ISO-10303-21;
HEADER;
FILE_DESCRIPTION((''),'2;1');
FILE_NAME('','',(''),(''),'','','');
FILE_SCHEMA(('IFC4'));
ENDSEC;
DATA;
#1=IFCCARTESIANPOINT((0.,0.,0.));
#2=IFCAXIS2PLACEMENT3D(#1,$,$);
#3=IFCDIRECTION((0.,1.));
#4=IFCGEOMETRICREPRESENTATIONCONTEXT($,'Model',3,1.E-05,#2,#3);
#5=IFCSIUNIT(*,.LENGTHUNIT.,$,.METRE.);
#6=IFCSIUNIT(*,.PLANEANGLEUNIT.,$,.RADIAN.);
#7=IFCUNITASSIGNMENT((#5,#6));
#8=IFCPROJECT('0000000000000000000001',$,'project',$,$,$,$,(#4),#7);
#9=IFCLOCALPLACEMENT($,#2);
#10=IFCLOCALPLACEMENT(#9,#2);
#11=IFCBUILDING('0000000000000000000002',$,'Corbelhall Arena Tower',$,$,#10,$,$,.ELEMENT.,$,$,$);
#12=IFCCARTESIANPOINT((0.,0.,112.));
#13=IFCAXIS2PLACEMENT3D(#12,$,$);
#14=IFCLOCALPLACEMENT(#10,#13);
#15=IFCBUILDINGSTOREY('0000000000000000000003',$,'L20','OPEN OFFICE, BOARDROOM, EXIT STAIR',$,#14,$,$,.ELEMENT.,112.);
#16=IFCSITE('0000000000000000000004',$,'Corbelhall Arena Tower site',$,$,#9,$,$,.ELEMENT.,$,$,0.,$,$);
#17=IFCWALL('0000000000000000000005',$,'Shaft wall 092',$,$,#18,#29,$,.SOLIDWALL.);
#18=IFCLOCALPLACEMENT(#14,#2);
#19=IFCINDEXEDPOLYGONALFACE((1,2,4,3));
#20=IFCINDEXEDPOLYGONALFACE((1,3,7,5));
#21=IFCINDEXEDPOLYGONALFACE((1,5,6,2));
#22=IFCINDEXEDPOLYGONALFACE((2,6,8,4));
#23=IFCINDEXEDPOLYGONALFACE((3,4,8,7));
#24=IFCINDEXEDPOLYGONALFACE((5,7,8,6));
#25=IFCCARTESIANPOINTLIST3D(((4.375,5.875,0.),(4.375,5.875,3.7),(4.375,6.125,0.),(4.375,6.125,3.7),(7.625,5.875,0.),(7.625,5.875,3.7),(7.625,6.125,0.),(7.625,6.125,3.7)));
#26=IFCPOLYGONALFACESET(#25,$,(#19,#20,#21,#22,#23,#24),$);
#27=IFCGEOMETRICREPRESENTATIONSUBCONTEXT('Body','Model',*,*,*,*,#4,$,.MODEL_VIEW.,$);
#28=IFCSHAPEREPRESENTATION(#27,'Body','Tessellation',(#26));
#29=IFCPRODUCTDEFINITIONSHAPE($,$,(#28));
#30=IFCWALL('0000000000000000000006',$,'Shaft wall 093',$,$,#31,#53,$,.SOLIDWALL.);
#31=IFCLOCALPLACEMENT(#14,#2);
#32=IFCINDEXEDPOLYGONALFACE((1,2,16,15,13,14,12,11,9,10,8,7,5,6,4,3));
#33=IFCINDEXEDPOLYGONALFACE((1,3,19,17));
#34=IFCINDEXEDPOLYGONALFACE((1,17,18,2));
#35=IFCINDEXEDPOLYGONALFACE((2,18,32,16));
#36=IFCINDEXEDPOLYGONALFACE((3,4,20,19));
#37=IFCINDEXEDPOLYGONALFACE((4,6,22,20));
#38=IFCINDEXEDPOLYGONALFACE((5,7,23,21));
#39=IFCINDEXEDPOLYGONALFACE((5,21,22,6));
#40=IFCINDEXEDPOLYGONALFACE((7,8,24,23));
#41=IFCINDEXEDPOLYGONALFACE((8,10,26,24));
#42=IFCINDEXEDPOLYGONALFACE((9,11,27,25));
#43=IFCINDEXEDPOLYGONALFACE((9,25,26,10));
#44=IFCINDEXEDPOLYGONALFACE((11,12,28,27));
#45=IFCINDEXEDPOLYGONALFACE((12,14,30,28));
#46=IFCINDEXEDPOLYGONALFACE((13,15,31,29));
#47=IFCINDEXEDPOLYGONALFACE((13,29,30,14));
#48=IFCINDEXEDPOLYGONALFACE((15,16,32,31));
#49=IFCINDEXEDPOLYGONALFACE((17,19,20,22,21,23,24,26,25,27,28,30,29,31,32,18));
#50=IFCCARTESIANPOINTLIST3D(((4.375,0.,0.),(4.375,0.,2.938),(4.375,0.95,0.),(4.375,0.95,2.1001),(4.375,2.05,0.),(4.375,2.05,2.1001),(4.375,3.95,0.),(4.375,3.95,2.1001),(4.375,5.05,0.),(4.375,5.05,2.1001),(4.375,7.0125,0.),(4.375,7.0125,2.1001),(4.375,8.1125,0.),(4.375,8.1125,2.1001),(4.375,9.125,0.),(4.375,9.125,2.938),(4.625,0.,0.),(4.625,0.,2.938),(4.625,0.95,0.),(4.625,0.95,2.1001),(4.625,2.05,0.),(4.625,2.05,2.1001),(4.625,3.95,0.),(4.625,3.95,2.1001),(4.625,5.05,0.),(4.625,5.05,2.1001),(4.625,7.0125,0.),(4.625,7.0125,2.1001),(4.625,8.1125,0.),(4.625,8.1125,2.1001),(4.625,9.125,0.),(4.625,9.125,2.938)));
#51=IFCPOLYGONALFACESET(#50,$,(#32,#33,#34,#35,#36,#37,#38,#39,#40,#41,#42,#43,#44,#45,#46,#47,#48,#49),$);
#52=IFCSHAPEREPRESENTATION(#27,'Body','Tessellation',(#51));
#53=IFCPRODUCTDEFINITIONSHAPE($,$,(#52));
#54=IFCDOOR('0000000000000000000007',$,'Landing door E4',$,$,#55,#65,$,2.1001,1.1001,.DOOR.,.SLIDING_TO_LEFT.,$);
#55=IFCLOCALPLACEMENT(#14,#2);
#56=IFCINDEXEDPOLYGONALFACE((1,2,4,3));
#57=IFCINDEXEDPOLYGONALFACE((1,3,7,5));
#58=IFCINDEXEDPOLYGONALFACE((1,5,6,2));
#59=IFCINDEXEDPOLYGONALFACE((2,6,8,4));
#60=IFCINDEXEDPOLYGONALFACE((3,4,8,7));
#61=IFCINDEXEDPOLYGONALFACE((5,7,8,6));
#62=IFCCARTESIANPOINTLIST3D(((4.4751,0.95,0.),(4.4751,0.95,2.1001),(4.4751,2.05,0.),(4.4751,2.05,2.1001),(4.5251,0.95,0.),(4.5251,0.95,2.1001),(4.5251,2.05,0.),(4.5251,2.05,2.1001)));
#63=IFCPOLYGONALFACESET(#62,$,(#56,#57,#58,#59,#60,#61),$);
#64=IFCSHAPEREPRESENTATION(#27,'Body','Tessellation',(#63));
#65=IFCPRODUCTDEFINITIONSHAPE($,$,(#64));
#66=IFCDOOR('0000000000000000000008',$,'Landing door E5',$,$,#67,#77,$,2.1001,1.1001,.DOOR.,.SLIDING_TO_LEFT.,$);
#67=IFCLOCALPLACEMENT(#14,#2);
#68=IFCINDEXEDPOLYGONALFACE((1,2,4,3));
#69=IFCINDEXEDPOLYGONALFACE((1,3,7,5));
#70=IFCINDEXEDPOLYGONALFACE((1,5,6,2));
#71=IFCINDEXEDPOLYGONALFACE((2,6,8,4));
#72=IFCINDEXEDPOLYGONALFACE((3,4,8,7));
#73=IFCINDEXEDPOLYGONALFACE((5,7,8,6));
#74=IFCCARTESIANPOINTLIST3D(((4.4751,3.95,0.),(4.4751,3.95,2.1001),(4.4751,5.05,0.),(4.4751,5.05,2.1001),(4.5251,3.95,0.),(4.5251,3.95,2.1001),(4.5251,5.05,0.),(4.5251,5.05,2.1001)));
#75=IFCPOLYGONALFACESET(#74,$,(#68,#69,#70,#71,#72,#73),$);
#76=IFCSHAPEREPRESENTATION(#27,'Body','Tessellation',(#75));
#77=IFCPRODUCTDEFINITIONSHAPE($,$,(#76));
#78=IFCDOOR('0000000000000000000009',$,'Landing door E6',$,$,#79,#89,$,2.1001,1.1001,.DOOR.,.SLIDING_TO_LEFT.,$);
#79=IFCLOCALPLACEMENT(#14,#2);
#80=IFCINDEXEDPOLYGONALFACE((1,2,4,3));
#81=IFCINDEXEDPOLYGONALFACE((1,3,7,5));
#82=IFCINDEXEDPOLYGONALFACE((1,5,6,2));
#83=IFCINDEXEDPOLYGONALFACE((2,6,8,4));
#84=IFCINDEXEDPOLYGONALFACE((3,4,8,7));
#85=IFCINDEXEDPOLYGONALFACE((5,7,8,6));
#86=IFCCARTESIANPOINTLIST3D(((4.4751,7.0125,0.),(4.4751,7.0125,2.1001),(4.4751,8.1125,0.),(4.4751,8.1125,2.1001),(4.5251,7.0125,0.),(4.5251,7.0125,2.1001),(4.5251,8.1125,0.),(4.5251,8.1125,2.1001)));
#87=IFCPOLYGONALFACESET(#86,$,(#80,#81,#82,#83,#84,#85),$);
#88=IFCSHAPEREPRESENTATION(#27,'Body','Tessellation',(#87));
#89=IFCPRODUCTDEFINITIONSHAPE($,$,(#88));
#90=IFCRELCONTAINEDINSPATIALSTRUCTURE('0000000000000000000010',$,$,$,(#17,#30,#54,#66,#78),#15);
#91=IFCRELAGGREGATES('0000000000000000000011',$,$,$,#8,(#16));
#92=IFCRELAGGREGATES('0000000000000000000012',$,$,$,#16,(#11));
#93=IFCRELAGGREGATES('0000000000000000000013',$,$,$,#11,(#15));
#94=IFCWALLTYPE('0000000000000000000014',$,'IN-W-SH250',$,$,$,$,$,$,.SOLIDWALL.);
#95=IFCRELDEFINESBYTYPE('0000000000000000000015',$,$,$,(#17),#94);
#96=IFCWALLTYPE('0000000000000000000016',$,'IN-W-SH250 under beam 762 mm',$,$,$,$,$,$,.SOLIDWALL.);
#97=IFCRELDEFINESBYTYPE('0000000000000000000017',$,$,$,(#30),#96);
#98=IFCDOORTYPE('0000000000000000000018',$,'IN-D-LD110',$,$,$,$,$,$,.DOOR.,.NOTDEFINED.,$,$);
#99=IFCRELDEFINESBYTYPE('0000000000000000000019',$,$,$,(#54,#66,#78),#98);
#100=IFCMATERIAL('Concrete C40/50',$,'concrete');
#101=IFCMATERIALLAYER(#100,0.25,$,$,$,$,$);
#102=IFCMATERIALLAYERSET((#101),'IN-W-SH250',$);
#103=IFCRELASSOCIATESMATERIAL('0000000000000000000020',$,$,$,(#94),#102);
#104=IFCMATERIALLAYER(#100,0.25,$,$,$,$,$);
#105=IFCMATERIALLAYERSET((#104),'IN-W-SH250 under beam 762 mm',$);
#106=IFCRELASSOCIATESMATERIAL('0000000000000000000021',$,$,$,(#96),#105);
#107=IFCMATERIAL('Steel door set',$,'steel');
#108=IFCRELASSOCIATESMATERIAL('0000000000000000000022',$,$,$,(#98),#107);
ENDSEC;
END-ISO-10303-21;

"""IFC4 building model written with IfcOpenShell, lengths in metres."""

from ifc_helpers import new_model, si_unit, direction, frame, frame_2d, origin, place, context, subcontext, project, spatial, rectangle, extrude, material, layer, layer_set, type_object, element, fill, save


model = new_model("IFC4")

# Units and contexts
model_context = context("Model", 3, precision=1e-05, world=origin(), true_north=direction((0.0, 1.0)))
body_context = subcontext(model_context, "Body", "Model", "MODEL_VIEW")
ifc_project = project(units=[si_unit("LENGTHUNIT", "METRE"), si_unit("PLANEANGLEUNIT", "RADIAN")], contexts=[model_context])

# Site, building, storey
site_placement = place(None, origin())
site = spatial("IfcSite", under=ifc_project, at=site_placement, Name="Corbelhall Arena Tower site", CompositionType="ELEMENT", RefElevation=0.0)
building_placement = place(site_placement, origin())
building = spatial("IfcBuilding", under=site, at=building_placement, Name="Corbelhall Arena Tower", CompositionType="ELEMENT")
storey_placement = place(building_placement, frame((0.0, 0.0, 112.0)))
storey = spatial("IfcBuildingStorey", under=building, at=storey_placement, Name="L20", Description="OPEN OFFICE, BOARDROOM, EXIT STAIR", CompositionType="ELEMENT", Elevation=112.0)

# Shared definitions
ifc_material_1 = material(Name="Concrete C40/50", Category="concrete")

# Shared definitions
ifc_layer_1 = layer(ifc_material_1, 0.25)
ifc_layer_set_1 = layer_set([ifc_layer_1], Name="IN-W-SH250")
wall_type_1 = type_object("IfcWallType", Name="IN-W-SH250", PredefinedType="SOLIDWALL", material=ifc_layer_set_1)

# Shared definitions
ifc_material_2 = material(Name="Steel door set", Category="steel")

# Wall
wall_1_placement = place(storey_placement, frame((4.375, 6.0, 0.0), z_axis=(0.0, 0.0, 1.0), x_axis=(1.0, 0.0, 0.0)))
element("IfcWall", 1, at=wall_1_placement, inside=storey, type_object=wall_type_1, Name="Shaft wall 092", PredefinedType="SOLIDWALL", context=body_context, shape_type="SweptSolid", body=[
    extrude(rectangle(XDim=3.25, YDim=0.25, at=frame_2d((1.625, 0.0))), origin(), (0.0, 0.0, 1.0), 3.7),
])

# Wall, openings, doors
ifc_layer_2 = layer(ifc_material_1, 0.25)
ifc_layer_set_2 = layer_set([ifc_layer_2], Name="IN-W-SH250 under beam 762 mm")
wall_type_2 = type_object("IfcWallType", Name="IN-W-SH250 under beam 762 mm", PredefinedType="SOLIDWALL", material=ifc_layer_set_2)
wall_2_placement = place(storey_placement, frame((4.5, 0.0, 0.0), z_axis=(0.0, 0.0, 1.0), x_axis=(0.0, 1.0, 0.0)))
wall_2 = element("IfcWall", 2, at=wall_2_placement, inside=storey, type_object=wall_type_2, Name="Shaft wall 093", PredefinedType="SOLIDWALL", context=body_context, shape_type="SweptSolid", body=[
    extrude(rectangle(XDim=9.125, YDim=0.25, at=frame_2d((4.5625, 0.0))), origin(), (0.0, 0.0, 1.0), 2.938),
])
opening_1_placement = place(wall_2_placement, frame((0.95, 0.0, 0.0)))
opening_1 = element("IfcOpeningElement", 3, at=opening_1_placement, cuts=wall_2, PredefinedType="OPENING", context=body_context, shape_type="SweptSolid", body=[
    extrude(rectangle(XDim=1.1001, YDim=2.1001, at=frame_2d((0.55, 1.05))), frame((0.0, 0.125, 0.0), z_axis=(0.0, -1.0, 0.0), x_axis=(1.0, 0.0, 0.0)), (0.0, 0.0, 1.0), 0.25),
])
opening_2_placement = place(wall_2_placement, frame((3.95, 0.0, 0.0)))
opening_2 = element("IfcOpeningElement", 4, at=opening_2_placement, cuts=wall_2, PredefinedType="OPENING", context=body_context, shape_type="SweptSolid", body=[
    extrude(rectangle(XDim=1.1001, YDim=2.1001, at=frame_2d((0.55, 1.05))), frame((0.0, 0.125, 0.0), z_axis=(0.0, -1.0, 0.0), x_axis=(1.0, 0.0, 0.0)), (0.0, 0.0, 1.0), 0.25),
])
opening_3_placement = place(wall_2_placement, frame((7.0125, 0.0, 0.0)))
opening_3 = element("IfcOpeningElement", 5, at=opening_3_placement, cuts=wall_2, PredefinedType="OPENING", context=body_context, shape_type="SweptSolid", body=[
    extrude(rectangle(XDim=1.1001, YDim=2.1001, at=frame_2d((0.55, 1.05))), frame((0.0, 0.125, 0.0), z_axis=(0.0, -1.0, 0.0), x_axis=(1.0, 0.0, 0.0)), (0.0, 0.0, 1.0), 0.25),
])
door_type_1 = type_object("IfcDoorType", Name="IN-D-LD110", OperationType="NOTDEFINED", PredefinedType="DOOR", material=ifc_material_2)
door_1_placement = place(opening_1_placement, origin())
door_1 = element("IfcDoor", 6, at=door_1_placement, inside=storey, type_object=door_type_1, Name="Landing door E4", OperationType="SLIDING_TO_LEFT", OverallHeight=2.1001, OverallWidth=1.1001, PredefinedType="DOOR", context=body_context, shape_type="SweptSolid", body=[
    extrude(rectangle(XDim=1.1001, YDim=2.1001, at=frame_2d((0.55, 1.05))), frame((0.0, 0.0249, 0.0), z_axis=(0.0, -1.0, 0.0), x_axis=(1.0, 0.0, 0.0)), (0.0, 0.0, 1.0), 0.05),
])
fill(opening_1, door_1)
door_2_placement = place(opening_2_placement, origin())
door_2 = element("IfcDoor", 7, at=door_2_placement, inside=storey, type_object=door_type_1, Name="Landing door E5", OperationType="SLIDING_TO_LEFT", OverallHeight=2.1001, OverallWidth=1.1001, PredefinedType="DOOR", context=body_context, shape_type="SweptSolid", body=[
    extrude(rectangle(XDim=1.1001, YDim=2.1001, at=frame_2d((0.55, 1.05))), frame((0.0, 0.0249, 0.0), z_axis=(0.0, -1.0, 0.0), x_axis=(1.0, 0.0, 0.0)), (0.0, 0.0, 1.0), 0.05),
])
fill(opening_2, door_2)
door_3_placement = place(opening_3_placement, origin())
door_3 = element("IfcDoor", 8, at=door_3_placement, inside=storey, type_object=door_type_1, Name="Landing door E6", OperationType="SLIDING_TO_LEFT", OverallHeight=2.1001, OverallWidth=1.1001, PredefinedType="DOOR", context=body_context, shape_type="SweptSolid", body=[
    extrude(rectangle(XDim=1.1001, YDim=2.1001, at=frame_2d((0.55, 1.05))), frame((0.0, 0.0249, 0.0), z_axis=(0.0, -1.0, 0.0), x_axis=(1.0, 0.0, 0.0)), (0.0, 0.0, 1.0), 0.05),
])
fill(opening_3, door_3)

save(model, "model.ifc")
